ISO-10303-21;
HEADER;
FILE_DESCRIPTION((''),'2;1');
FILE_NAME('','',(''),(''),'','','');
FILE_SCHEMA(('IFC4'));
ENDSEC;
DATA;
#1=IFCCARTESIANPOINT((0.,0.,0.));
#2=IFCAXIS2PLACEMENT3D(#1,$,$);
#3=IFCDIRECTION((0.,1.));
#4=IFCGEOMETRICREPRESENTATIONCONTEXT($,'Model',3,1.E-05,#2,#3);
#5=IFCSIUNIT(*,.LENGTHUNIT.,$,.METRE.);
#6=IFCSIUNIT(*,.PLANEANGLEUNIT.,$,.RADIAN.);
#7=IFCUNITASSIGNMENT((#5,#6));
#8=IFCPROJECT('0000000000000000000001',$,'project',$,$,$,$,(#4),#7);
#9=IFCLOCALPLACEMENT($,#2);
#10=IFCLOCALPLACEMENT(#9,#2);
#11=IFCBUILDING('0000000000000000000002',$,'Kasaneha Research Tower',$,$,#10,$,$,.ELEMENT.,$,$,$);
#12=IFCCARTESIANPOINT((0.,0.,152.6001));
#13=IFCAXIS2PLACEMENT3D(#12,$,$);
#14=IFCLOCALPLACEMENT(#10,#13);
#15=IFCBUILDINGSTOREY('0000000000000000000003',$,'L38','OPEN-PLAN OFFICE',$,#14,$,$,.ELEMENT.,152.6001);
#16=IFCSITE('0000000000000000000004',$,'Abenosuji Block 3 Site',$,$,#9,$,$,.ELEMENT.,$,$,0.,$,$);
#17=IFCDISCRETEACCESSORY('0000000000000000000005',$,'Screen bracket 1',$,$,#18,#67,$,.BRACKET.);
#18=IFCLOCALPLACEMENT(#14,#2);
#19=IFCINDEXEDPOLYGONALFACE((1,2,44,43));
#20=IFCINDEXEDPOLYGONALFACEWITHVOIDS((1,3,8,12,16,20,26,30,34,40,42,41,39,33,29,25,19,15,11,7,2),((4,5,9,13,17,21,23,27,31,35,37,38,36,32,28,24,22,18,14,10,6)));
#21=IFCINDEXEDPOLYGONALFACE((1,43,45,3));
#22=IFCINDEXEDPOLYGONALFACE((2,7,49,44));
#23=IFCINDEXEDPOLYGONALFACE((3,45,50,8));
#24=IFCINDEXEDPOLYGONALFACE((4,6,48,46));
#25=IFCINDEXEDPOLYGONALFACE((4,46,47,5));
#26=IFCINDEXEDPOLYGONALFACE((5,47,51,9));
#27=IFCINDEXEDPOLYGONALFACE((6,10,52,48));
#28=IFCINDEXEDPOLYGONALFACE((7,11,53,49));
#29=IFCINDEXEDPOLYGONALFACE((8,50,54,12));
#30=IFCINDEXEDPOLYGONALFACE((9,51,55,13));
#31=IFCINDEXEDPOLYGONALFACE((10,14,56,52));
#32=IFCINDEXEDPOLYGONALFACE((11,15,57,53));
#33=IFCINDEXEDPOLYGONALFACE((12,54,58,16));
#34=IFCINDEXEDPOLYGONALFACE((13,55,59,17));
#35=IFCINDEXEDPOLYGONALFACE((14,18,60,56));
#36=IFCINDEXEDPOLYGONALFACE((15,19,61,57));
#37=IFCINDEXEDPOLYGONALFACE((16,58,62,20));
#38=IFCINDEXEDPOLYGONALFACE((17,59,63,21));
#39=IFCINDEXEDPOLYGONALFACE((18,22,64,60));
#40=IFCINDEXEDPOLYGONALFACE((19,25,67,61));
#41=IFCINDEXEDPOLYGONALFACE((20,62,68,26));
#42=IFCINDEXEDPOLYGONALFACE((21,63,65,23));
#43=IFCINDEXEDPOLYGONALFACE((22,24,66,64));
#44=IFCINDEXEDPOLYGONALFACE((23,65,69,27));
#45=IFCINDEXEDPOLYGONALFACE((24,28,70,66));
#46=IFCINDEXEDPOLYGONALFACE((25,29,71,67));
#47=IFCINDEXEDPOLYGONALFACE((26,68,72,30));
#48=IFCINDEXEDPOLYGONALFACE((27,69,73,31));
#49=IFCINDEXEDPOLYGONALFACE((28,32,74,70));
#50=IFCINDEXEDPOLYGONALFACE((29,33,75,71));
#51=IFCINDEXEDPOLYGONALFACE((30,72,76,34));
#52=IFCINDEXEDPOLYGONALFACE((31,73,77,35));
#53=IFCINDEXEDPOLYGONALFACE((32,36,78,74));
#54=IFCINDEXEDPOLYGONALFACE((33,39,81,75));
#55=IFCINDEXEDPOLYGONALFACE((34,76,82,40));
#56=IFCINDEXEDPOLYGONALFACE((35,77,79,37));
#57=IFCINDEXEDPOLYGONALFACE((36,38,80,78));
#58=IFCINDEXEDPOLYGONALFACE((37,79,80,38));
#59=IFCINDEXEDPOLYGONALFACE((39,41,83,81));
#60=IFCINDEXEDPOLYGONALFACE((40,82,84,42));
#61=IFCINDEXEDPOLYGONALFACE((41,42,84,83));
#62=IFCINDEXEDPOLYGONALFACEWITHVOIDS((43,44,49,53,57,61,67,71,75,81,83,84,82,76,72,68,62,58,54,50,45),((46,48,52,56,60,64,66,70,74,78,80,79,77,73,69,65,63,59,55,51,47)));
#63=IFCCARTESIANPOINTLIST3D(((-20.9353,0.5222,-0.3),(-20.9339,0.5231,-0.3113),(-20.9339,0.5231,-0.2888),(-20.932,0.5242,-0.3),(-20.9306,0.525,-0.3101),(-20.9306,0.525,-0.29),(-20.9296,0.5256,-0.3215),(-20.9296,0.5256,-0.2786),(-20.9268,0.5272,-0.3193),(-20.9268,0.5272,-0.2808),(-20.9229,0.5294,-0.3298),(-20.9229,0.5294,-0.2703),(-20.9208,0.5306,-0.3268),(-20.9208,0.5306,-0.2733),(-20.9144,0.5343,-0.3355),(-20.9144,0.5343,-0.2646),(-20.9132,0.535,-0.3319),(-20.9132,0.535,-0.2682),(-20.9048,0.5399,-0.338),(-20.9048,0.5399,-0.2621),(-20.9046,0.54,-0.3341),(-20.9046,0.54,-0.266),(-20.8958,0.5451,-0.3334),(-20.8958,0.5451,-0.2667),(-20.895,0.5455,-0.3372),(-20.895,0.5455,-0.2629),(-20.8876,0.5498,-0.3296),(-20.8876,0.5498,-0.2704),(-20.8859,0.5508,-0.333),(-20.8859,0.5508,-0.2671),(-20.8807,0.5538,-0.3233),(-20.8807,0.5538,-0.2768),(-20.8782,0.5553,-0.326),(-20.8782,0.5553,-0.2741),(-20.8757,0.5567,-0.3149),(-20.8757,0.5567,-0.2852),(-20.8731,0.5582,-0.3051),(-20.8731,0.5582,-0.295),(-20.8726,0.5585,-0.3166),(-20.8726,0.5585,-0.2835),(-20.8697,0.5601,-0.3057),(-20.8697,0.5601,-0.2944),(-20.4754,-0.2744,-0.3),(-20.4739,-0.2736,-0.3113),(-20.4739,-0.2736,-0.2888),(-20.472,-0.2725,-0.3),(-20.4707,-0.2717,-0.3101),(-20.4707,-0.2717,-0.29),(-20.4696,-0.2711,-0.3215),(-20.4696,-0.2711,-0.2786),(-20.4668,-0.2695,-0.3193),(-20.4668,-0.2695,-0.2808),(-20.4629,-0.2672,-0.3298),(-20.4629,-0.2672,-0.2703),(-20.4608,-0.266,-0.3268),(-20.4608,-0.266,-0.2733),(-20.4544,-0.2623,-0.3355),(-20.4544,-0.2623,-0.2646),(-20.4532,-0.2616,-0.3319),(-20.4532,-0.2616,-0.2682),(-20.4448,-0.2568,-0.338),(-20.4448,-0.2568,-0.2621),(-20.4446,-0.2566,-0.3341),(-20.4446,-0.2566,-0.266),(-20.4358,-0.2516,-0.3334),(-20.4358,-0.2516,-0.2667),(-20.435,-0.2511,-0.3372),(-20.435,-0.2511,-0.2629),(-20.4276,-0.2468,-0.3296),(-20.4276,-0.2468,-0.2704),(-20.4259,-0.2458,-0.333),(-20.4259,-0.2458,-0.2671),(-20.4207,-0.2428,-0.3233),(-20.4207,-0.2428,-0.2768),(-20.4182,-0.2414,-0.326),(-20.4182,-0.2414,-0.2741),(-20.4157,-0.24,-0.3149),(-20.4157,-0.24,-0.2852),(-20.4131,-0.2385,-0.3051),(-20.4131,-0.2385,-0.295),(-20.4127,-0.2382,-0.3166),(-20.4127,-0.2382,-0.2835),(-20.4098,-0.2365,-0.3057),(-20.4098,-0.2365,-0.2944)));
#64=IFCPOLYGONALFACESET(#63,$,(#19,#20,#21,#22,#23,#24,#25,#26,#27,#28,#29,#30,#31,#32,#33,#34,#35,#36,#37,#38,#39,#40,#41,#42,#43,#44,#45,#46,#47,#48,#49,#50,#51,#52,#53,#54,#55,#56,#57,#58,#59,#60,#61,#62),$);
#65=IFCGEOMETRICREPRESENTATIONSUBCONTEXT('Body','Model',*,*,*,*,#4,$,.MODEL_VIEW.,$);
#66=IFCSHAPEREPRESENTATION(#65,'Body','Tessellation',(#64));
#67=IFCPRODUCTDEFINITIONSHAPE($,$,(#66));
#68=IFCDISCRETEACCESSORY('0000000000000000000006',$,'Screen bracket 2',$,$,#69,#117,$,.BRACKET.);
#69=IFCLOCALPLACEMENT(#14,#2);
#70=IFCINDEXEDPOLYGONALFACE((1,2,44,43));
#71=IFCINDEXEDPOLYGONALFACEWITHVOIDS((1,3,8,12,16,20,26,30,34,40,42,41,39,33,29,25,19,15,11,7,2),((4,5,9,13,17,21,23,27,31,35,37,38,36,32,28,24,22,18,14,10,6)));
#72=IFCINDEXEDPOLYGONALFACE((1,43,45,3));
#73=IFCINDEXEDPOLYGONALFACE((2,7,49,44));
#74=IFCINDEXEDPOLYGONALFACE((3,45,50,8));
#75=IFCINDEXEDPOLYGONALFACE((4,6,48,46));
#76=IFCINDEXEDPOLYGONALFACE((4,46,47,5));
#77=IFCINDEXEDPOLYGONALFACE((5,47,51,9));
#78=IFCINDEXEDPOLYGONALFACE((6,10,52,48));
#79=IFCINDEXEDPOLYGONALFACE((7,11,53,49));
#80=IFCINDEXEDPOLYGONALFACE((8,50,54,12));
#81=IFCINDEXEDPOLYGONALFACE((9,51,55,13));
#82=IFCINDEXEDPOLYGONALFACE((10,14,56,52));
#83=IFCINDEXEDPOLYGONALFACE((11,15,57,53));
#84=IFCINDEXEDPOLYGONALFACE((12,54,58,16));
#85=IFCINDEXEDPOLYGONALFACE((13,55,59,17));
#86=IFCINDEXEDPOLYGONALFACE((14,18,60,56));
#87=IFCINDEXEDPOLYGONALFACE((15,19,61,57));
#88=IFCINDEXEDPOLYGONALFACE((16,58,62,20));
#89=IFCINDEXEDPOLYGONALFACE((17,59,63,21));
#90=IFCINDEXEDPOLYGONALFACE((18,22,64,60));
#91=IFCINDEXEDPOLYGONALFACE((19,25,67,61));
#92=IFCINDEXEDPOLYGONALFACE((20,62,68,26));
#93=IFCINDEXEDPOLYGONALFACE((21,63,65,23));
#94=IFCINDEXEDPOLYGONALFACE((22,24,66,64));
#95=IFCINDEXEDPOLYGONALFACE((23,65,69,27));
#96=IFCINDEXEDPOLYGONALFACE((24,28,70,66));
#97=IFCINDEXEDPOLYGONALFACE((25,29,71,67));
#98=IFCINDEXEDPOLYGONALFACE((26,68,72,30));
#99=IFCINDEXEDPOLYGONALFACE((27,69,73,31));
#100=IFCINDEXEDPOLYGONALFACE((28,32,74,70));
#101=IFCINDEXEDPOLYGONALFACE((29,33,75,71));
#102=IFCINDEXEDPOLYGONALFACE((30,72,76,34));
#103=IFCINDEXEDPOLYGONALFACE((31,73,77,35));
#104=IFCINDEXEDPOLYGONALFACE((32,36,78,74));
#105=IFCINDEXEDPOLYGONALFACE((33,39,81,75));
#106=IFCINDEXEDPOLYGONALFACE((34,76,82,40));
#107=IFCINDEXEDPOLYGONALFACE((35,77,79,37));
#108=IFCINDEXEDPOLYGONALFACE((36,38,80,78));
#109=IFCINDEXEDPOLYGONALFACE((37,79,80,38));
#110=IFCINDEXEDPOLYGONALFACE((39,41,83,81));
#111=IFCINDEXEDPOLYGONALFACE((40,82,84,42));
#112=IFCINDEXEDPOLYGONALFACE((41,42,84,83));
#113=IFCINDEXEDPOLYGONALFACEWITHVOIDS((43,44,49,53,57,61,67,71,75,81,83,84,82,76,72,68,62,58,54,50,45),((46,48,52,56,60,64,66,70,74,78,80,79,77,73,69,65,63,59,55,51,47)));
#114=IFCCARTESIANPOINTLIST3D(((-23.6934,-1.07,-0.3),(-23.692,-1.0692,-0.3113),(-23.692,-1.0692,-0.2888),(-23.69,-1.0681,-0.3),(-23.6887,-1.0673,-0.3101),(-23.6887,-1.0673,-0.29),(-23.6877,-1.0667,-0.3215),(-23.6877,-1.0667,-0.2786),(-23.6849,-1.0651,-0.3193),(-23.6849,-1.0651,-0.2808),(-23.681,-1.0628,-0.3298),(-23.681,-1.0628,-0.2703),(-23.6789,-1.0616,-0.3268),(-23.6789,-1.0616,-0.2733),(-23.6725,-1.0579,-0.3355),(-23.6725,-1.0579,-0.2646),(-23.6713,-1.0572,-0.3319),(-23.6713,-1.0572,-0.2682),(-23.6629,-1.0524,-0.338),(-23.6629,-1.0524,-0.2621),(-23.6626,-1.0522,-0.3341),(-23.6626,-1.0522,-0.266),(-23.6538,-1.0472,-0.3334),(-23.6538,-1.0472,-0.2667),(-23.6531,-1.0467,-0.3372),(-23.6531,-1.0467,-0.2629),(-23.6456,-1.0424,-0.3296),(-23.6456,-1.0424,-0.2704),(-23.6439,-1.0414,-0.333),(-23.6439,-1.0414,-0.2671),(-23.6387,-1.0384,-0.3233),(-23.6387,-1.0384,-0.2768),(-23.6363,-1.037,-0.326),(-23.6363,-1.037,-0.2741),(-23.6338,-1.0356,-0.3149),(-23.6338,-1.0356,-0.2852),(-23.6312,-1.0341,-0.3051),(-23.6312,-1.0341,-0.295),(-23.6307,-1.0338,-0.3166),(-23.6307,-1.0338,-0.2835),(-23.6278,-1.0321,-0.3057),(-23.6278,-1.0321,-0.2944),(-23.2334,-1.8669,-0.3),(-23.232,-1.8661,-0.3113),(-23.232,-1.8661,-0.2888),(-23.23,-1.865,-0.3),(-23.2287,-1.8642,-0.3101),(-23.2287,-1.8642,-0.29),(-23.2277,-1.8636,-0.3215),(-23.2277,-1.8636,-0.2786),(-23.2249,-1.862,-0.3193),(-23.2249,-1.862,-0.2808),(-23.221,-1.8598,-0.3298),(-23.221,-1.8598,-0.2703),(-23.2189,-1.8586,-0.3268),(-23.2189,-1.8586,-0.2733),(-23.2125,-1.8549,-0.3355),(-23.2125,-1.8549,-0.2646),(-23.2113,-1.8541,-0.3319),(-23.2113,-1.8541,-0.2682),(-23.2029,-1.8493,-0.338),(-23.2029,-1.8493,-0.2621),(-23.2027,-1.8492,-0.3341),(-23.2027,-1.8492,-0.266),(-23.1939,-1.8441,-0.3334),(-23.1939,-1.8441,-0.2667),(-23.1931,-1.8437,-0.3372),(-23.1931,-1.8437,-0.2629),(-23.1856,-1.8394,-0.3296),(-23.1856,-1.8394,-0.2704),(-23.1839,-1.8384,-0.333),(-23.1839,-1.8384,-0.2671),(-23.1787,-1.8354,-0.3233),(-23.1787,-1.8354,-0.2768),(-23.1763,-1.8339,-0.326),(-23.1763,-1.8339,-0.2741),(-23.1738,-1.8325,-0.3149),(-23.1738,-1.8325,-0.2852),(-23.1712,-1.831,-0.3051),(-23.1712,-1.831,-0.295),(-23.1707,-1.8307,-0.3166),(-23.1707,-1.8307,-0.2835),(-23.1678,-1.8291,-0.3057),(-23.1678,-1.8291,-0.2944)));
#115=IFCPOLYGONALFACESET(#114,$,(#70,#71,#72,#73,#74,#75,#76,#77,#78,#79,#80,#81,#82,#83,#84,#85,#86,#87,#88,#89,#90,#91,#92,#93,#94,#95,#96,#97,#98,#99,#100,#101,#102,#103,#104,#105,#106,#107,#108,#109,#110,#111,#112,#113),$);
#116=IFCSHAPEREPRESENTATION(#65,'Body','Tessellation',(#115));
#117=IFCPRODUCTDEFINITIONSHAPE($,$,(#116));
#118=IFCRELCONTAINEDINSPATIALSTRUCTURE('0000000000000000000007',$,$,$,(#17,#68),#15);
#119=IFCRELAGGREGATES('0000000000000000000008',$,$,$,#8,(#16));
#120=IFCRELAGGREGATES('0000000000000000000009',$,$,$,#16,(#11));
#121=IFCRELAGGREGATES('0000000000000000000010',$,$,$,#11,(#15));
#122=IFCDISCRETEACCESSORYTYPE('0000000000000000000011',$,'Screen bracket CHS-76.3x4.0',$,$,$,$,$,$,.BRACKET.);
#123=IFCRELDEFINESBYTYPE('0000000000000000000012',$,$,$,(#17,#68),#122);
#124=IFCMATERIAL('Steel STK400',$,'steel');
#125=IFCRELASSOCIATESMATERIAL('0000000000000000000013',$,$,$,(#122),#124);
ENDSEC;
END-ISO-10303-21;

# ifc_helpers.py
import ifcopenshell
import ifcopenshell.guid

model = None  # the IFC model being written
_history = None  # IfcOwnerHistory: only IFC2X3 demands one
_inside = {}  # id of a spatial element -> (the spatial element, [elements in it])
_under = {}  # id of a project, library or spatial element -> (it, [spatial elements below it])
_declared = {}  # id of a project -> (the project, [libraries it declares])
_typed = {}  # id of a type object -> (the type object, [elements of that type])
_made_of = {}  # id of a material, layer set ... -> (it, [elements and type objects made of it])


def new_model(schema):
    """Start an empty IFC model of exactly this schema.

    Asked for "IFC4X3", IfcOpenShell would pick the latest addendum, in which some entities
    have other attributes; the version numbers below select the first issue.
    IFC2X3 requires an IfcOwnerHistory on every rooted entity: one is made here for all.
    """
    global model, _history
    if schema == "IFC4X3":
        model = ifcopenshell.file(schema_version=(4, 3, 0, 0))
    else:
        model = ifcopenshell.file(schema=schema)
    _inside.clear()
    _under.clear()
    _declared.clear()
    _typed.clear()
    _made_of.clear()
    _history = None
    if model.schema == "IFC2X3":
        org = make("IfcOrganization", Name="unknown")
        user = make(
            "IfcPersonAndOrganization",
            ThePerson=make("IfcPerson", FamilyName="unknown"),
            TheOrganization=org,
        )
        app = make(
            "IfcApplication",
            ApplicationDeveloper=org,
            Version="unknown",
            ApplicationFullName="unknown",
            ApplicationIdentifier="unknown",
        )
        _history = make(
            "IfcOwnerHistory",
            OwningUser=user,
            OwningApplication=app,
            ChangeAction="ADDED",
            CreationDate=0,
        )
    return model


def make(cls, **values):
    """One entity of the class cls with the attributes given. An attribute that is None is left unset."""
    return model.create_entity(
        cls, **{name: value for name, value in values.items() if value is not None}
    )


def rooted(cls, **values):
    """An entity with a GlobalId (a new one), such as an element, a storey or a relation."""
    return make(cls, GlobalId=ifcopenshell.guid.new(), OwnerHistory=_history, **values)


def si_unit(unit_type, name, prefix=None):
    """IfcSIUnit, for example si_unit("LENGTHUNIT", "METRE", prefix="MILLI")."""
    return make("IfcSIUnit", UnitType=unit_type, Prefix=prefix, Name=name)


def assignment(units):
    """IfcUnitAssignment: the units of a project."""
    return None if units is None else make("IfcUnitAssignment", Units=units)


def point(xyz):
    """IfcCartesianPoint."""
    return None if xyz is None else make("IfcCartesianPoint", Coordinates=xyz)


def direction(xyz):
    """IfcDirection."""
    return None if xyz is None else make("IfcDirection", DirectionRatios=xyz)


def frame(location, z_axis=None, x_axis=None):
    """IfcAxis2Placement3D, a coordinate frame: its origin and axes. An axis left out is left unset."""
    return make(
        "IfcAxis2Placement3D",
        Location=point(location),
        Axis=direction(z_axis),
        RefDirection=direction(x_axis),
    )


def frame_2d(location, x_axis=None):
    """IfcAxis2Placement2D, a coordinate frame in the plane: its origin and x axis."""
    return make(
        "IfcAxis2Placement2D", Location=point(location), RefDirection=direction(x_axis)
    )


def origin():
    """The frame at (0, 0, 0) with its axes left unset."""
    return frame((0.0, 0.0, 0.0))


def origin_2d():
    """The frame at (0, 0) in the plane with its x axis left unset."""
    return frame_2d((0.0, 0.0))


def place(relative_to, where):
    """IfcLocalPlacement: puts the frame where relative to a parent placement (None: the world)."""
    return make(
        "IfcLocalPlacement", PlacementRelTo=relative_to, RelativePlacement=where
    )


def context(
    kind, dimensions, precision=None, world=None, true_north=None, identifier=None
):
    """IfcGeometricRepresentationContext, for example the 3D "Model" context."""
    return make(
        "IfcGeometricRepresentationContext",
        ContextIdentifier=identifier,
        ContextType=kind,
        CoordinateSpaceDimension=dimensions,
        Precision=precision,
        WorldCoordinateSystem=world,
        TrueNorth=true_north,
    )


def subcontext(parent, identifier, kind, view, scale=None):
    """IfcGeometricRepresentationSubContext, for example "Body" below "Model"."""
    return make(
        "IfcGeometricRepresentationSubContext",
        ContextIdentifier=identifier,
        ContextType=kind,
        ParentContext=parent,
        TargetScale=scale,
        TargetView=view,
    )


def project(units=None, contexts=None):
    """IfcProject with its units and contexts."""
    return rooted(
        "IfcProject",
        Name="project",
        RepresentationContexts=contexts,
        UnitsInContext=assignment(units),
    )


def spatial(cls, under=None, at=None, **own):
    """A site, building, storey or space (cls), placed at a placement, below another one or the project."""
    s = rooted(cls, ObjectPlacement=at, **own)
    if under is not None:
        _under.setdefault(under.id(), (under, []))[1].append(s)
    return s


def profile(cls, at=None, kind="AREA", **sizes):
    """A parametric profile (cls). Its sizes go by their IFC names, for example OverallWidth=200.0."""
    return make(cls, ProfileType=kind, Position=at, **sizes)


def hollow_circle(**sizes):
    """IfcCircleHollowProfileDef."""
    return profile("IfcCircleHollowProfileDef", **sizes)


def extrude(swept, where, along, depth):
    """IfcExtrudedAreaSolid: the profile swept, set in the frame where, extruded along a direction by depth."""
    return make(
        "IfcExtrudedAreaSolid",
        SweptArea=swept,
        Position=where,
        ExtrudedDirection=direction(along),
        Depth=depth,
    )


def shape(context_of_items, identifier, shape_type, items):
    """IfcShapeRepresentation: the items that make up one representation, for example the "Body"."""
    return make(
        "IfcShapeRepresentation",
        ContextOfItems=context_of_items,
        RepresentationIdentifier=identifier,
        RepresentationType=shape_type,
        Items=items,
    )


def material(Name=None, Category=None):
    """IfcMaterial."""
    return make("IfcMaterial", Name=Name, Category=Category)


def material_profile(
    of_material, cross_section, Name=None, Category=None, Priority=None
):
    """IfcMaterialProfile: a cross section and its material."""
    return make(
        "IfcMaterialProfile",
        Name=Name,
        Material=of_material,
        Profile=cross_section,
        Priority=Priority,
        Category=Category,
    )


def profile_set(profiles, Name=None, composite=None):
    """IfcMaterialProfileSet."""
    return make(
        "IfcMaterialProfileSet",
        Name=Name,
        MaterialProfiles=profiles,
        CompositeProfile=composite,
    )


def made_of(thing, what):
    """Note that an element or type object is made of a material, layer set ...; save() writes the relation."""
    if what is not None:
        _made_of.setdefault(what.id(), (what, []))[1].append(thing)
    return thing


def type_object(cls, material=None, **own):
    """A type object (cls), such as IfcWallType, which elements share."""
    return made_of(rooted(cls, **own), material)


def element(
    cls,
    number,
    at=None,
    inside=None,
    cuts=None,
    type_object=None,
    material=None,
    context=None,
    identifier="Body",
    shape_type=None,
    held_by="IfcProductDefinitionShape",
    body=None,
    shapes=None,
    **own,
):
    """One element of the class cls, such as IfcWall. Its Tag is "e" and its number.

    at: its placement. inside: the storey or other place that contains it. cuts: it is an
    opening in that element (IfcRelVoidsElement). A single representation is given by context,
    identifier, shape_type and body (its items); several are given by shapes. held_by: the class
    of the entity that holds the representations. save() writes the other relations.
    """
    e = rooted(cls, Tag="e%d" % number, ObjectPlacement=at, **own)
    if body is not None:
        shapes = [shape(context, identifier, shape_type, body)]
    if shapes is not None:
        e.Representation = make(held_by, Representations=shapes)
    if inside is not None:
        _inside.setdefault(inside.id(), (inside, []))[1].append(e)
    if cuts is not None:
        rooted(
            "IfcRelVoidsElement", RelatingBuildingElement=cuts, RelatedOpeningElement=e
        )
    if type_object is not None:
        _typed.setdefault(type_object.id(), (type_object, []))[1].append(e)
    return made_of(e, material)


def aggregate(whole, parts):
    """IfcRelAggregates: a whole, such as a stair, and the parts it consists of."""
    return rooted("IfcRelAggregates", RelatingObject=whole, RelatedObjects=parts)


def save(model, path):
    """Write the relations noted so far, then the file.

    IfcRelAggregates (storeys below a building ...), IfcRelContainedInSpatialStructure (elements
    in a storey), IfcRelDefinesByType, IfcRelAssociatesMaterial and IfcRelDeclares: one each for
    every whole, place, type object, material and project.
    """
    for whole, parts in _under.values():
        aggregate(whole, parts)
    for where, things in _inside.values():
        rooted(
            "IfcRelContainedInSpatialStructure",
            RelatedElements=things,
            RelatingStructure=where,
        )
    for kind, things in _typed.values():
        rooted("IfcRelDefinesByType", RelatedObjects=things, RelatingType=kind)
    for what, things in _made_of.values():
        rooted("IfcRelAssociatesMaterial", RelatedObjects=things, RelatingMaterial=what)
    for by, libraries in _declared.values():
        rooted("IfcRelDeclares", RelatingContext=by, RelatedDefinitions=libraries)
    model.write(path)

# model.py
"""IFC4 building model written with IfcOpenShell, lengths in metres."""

from ifc_helpers import new_model, si_unit, direction, frame, origin, origin_2d, place, context, subcontext, project, spatial, hollow_circle, extrude, material, material_profile, profile_set, type_object, element, save


model = new_model("IFC4")

# Units and contexts
model_context = context("Model", 3, precision=1e-05, world=origin(), true_north=direction((0.0, 1.0)))
body_context = subcontext(model_context, "Body", "Model", "MODEL_VIEW")
ifc_project = project(units=[si_unit("LENGTHUNIT", "METRE"), si_unit("PLANEANGLEUNIT", "RADIAN")], contexts=[model_context])

# Site, building, storey
site_placement = place(None, origin())
site = spatial("IfcSite", under=ifc_project, at=site_placement, Name="Abenosuji Block 3 Site", CompositionType="ELEMENT", RefElevation=0.0)
building_placement = place(site_placement, origin())
building = spatial("IfcBuilding", under=site, at=building_placement, Name="Kasaneha Research Tower", CompositionType="ELEMENT")
storey_placement = place(building_placement, frame((0.0, 0.0, 152.6001)))
storey = spatial("IfcBuildingStorey", under=building, at=storey_placement, Name="L38", Description="OPEN-PLAN OFFICE", CompositionType="ELEMENT", Elevation=152.6001)

# Discrete accessories
ifc_material_1 = material(Name="Steel STK400", Category="steel")
ifc_material_profile_1 = material_profile(ifc_material_1, hollow_circle(Radius=0.0381, WallThickness=0.0039, at=origin_2d()), Name="CHS-76.3x4.0")
ifc_profile_set_1 = profile_set([ifc_material_profile_1], Name="Steel STK400")
discrete_accessory_type = type_object("IfcDiscreteAccessoryType", Name="Screen bracket CHS-76.3x4.0", PredefinedType="BRACKET", material=ifc_profile_set_1)
for number, where, z_axis, x_axis, name in (
    (1, (-20.4424, -0.2554, -0.3), (-0.500021, 0.866013, 0.0), (-0.866013, -0.500021, 0.0), "Screen bracket 1"),
):
    element("IfcDiscreteAccessory", number, at=place(storey_placement, frame(where, z_axis=z_axis, x_axis=x_axis)), inside=storey, type_object=discrete_accessory_type, Name=name, PredefinedType="BRACKET", context=body_context, shape_type="SweptSolid", body=[
        extrude(hollow_circle(Radius=0.0381, WallThickness=0.0039, at=origin_2d()), origin(), (0.0, 0.0, 1.0), 0.9199),
    ])
discrete_accessory_placement = place(storey_placement, frame((-23.2004, -1.8479, -0.3), z_axis=(-0.499906, 0.86608, 0.0), x_axis=(-0.86608, -0.499906, 0.0)))
element("IfcDiscreteAccessory", 2, at=discrete_accessory_placement, inside=storey, type_object=discrete_accessory_type, Name="Screen bracket 2", PredefinedType="BRACKET", context=body_context, shape_type="SweptSolid", body=[
    extrude(hollow_circle(Radius=0.0381, WallThickness=0.0039, at=origin_2d()), origin(), (0.0, 0.0, 1.0), 0.9202),
])

save(model, "model.ifc")
